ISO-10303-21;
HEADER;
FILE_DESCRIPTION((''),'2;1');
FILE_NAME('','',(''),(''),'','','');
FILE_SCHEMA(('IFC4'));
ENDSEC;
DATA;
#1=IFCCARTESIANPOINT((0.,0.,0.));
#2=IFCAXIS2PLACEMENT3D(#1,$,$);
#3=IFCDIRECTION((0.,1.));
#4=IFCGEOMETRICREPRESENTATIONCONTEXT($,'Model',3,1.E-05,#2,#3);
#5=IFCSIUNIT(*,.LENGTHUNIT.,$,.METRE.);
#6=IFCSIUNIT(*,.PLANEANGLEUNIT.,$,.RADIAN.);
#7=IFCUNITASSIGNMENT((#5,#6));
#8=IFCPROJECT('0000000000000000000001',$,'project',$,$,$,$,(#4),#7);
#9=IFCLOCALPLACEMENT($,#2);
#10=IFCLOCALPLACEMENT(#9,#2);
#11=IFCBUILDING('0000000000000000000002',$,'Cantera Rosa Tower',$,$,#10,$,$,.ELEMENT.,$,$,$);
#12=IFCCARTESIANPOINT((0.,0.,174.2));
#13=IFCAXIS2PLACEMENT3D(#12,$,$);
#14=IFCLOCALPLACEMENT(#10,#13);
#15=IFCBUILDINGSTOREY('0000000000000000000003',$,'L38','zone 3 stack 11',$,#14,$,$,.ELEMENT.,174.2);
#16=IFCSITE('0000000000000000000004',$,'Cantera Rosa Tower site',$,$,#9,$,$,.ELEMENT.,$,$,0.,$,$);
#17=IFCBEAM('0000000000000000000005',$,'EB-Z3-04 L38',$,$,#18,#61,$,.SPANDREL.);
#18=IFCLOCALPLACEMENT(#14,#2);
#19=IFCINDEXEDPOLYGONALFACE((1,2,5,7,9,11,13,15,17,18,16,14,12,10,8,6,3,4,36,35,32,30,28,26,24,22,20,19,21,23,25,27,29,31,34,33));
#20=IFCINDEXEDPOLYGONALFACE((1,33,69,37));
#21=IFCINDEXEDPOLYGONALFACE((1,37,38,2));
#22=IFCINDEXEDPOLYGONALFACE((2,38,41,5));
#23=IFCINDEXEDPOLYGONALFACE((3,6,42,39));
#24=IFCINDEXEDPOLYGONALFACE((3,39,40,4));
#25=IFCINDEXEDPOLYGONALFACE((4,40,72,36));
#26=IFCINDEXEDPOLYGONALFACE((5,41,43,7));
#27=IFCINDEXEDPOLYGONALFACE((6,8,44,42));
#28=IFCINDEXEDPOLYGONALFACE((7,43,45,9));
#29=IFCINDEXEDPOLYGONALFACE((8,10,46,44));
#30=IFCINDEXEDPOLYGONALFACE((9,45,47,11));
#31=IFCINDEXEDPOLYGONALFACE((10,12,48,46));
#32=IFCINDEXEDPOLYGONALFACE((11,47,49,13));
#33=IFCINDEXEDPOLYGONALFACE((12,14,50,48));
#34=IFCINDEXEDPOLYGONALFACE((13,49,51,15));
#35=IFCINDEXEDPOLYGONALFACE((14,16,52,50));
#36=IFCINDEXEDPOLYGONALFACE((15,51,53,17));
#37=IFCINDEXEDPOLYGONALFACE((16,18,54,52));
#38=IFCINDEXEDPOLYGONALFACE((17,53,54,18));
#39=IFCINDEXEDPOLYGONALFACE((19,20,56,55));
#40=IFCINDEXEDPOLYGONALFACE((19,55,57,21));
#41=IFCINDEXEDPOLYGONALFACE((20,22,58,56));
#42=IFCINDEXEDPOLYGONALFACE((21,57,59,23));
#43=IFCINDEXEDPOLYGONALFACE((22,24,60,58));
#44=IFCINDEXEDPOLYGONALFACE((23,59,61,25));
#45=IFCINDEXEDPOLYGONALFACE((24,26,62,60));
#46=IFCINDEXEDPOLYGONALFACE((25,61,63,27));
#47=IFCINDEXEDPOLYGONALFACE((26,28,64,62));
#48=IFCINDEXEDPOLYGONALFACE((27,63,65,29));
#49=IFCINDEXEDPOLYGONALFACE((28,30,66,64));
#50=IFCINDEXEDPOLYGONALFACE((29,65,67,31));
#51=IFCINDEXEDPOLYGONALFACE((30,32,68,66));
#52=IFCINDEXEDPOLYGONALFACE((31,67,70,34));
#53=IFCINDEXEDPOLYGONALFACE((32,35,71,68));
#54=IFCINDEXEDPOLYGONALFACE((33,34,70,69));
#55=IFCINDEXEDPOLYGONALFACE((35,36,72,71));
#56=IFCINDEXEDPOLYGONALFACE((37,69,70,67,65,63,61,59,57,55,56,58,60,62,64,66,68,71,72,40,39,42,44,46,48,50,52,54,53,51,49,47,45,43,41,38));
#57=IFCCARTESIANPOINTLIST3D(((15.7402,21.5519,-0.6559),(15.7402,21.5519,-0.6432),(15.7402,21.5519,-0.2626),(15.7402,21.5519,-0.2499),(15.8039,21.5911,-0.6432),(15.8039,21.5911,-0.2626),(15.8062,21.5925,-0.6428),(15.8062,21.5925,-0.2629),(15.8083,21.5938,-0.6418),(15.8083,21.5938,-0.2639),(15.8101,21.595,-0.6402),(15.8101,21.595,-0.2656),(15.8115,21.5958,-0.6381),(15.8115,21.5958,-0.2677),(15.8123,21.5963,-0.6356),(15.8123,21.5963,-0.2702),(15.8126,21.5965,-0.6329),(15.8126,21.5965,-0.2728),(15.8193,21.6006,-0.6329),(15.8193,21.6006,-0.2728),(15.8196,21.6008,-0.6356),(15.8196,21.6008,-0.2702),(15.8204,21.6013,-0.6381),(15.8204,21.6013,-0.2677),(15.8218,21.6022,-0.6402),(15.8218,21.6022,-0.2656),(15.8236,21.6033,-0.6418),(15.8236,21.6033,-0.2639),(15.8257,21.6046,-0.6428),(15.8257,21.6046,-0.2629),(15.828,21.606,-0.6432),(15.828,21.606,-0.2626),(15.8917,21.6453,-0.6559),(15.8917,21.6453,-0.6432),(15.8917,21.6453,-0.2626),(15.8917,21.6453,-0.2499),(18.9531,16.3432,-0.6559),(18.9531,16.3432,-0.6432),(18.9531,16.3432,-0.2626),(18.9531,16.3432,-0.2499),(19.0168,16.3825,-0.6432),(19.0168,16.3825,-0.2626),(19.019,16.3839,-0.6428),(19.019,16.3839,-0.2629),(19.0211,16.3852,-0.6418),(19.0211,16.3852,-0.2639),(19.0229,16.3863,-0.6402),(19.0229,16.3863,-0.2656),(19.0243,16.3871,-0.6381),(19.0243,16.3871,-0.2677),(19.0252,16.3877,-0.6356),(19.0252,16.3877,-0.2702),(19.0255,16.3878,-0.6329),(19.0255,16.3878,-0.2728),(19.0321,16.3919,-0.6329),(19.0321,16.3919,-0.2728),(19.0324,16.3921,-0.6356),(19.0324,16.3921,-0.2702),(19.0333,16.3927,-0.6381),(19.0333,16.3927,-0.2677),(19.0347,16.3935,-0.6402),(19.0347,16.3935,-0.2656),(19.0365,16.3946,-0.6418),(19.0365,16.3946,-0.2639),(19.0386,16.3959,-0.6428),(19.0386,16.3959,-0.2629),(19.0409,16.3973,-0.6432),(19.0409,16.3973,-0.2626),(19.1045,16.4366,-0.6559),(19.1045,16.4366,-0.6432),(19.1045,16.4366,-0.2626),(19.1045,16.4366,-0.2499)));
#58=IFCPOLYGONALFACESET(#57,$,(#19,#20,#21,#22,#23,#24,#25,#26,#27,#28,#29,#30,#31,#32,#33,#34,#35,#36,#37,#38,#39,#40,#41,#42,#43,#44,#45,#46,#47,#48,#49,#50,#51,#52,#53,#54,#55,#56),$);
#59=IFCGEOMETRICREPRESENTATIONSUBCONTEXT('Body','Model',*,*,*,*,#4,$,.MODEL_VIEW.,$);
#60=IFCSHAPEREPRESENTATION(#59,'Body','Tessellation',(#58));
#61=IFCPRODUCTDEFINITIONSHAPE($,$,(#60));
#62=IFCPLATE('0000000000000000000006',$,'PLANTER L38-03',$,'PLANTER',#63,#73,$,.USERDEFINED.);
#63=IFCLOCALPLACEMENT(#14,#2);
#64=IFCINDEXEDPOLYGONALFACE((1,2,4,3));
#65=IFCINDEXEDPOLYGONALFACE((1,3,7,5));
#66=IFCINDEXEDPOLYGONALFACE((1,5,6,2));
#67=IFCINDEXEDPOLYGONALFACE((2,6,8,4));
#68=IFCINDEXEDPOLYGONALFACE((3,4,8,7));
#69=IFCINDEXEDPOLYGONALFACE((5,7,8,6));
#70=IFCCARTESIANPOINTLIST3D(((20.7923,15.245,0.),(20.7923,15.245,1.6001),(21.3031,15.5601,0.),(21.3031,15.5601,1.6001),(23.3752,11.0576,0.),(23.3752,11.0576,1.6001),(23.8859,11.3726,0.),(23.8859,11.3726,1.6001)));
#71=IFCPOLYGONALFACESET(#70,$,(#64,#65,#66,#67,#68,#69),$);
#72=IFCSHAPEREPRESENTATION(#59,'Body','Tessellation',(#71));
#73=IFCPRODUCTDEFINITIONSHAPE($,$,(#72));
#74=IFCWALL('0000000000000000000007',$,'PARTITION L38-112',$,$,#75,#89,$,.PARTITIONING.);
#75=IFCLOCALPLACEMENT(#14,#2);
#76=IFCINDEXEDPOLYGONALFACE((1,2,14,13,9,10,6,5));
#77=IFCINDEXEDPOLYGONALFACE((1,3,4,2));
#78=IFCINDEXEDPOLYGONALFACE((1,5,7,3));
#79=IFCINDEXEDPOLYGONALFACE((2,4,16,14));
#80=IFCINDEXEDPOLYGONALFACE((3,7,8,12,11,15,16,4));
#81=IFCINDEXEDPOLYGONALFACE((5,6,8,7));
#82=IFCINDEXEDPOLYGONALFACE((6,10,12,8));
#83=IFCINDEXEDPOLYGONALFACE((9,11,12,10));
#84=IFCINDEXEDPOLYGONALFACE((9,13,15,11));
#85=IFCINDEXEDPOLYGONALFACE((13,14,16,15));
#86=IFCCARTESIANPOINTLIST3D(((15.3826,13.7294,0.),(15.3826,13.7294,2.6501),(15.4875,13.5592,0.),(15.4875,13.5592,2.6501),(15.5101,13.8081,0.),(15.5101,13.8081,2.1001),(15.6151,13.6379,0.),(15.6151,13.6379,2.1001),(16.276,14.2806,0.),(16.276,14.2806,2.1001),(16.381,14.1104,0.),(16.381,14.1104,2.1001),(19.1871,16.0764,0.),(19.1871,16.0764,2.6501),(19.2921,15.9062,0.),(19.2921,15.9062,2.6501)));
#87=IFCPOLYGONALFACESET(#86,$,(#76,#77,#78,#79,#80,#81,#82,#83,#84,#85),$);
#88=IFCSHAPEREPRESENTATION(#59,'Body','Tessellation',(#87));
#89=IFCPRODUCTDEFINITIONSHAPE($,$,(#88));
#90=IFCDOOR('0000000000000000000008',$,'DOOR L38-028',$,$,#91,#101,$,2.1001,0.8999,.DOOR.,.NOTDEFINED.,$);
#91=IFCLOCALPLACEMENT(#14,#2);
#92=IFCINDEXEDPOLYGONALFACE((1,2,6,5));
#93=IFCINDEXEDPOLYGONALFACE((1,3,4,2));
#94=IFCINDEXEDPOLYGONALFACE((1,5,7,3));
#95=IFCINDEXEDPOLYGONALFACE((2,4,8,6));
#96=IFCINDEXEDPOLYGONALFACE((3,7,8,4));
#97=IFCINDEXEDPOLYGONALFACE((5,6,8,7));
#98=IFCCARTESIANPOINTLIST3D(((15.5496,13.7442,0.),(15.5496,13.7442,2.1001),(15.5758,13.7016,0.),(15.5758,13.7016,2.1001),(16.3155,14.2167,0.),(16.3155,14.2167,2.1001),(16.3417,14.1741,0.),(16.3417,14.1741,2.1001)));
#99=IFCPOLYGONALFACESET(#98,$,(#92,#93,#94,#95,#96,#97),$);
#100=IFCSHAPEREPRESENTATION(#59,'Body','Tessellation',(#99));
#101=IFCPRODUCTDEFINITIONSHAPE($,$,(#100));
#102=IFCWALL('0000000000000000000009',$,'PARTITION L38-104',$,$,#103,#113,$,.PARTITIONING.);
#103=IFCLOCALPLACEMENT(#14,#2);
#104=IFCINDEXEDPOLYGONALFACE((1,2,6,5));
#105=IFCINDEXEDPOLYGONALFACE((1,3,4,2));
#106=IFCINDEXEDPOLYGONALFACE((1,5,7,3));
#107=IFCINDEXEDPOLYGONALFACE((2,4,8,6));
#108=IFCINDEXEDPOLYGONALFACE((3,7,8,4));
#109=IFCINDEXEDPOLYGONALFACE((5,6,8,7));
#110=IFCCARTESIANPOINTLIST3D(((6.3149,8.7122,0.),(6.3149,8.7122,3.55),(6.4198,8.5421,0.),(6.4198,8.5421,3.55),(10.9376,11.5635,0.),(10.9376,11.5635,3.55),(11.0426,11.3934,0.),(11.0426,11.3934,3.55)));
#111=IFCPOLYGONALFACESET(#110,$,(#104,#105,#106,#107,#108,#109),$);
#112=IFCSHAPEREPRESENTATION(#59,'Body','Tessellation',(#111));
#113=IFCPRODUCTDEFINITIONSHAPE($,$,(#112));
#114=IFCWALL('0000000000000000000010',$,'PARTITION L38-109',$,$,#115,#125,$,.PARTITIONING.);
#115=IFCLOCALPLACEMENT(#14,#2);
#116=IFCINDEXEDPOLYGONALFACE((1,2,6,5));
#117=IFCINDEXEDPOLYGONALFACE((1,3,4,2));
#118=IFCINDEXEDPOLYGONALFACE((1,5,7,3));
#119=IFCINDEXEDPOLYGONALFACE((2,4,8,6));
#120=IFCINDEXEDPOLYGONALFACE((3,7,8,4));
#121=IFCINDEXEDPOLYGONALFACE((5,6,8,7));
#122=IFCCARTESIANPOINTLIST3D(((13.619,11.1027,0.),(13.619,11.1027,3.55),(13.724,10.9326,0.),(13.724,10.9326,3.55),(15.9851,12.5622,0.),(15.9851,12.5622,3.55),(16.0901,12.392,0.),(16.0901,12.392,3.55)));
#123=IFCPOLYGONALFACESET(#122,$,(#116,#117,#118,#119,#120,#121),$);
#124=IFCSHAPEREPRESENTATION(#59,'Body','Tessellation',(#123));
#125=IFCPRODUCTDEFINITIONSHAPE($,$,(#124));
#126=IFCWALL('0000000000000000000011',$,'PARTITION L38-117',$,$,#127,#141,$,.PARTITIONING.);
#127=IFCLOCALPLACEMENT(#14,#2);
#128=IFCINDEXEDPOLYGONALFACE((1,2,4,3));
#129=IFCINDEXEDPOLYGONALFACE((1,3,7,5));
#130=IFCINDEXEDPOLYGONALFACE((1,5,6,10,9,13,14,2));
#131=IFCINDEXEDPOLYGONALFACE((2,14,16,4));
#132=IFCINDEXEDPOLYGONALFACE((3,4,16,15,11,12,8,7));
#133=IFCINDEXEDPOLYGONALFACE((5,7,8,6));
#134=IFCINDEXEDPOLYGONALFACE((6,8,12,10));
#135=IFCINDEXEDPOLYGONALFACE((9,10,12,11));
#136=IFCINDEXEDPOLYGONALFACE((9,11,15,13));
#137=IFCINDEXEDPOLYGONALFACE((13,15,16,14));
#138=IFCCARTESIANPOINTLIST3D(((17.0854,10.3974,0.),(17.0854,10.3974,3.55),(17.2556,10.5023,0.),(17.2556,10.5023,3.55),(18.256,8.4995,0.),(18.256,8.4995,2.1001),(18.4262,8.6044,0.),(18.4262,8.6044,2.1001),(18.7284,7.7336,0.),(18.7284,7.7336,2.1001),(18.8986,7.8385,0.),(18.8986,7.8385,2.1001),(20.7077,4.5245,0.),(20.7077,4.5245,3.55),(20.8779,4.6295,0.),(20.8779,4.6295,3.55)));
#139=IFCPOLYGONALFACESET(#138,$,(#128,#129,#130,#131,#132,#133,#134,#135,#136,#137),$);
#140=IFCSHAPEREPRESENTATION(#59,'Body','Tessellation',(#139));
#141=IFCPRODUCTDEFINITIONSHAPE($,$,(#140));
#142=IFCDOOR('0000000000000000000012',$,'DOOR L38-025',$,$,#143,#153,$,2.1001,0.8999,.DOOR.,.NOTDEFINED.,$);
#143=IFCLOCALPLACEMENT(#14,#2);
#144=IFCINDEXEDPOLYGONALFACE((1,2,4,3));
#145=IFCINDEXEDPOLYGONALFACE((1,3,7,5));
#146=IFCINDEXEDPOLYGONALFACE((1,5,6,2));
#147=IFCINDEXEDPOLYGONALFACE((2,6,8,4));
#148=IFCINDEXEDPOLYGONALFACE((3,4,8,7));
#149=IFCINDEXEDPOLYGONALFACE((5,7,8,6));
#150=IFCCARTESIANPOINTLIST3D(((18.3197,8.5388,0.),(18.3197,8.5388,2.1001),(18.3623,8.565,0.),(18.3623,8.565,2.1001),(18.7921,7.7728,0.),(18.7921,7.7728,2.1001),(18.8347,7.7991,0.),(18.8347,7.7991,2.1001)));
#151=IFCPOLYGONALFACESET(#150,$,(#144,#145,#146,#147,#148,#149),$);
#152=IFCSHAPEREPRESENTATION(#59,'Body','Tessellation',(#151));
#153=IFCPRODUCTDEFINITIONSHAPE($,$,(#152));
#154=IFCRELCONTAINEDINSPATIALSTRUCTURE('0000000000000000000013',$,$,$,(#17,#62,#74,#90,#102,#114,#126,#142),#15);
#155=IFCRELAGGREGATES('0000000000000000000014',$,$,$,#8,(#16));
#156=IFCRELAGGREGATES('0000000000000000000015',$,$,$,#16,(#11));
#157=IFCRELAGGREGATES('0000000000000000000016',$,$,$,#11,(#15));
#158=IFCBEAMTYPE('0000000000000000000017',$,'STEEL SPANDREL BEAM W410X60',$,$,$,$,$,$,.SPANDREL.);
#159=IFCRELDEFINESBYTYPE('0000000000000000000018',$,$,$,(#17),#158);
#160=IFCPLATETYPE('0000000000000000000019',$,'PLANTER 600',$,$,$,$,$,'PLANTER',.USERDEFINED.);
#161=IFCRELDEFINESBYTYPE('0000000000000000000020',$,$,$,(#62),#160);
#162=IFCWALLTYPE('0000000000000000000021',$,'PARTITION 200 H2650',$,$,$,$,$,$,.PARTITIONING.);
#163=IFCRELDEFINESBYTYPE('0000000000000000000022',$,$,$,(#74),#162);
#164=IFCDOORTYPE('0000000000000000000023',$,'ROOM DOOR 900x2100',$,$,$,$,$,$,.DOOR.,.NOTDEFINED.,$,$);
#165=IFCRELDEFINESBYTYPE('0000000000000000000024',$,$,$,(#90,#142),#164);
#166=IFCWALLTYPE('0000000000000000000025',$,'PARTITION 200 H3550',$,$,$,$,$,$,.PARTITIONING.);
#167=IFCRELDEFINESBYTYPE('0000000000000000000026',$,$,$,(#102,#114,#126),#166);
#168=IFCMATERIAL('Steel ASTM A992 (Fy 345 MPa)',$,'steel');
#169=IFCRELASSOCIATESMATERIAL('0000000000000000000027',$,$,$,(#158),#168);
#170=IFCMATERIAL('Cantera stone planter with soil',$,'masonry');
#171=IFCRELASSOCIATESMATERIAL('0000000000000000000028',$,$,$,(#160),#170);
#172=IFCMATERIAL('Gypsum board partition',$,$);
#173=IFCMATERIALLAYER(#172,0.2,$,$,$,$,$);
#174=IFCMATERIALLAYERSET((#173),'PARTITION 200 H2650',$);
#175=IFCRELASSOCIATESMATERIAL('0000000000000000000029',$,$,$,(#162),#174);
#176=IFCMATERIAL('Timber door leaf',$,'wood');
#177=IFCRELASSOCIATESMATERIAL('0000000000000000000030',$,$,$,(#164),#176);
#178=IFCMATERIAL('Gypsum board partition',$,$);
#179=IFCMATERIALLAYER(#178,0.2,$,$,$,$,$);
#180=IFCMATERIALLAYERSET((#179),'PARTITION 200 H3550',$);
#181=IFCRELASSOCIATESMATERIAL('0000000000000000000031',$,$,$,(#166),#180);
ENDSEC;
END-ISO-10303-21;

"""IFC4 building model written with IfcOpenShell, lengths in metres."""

from ifc_helpers import new_model, si_unit, direction, frame, frame_2d, origin, origin_2d, place, context, subcontext, project, spatial, rectangle, i_section, extrude, material, layer, layer_set, material_profile, profile_set, type_object, element, fill, save


model = new_model("IFC4")

# Units and contexts
model_context = context("Model", 3, precision=1e-05, world=origin(), true_north=direction((0.0, 1.0)))
body_context = subcontext(model_context, "Body", "Model", "MODEL_VIEW")
ifc_project = project(units=[si_unit("LENGTHUNIT", "METRE"), si_unit("PLANEANGLEUNIT", "RADIAN")], contexts=[model_context])

# Site, building, storey
site_placement = place(None, origin())
site = spatial("IfcSite", under=ifc_project, at=site_placement, Name="Cantera Rosa Tower site", CompositionType="ELEMENT", RefElevation=0.0)
building_placement = place(site_placement, origin())
building = spatial("IfcBuilding", under=site, at=building_placement, Name="Cantera Rosa Tower", CompositionType="ELEMENT")
storey_placement = place(building_placement, frame((0.0, 0.0, 174.2)))
storey = spatial("IfcBuildingStorey", under=building, at=storey_placement, Name="L38", Description="zone 3 stack 11", CompositionType="ELEMENT", Elevation=174.2)

# Beam
ifc_material_1 = material(Name="Steel ASTM A992 (Fy 345 MPa)", Category="steel")
ifc_material_profile_1 = material_profile(ifc_material_1, i_section(OverallWidth=0.178, OverallDepth=0.406, WebThickness=0.0078, FlangeThickness=0.0127, FilletRadius=0.0103, at=origin_2d()), Name="W410X60")
ifc_profile_set_1 = profile_set([ifc_material_profile_1], Name="Steel ASTM A992 (Fy 345 MPa)")
beam_type_1 = type_object("IfcBeamType", Name="STEEL SPANDREL BEAM W410X60", PredefinedType="SPANDREL", material=ifc_profile_set_1)
for number, where, z_axis, x_axis, name in (
    (1, (19.0288, 16.3899, -0.4529), (-0.524987, 0.85111, 0.0), (-0.85111, -0.524987, 0.0), "EB-Z3-04 L38"),
):
    element("IfcBeam", number, at=place(storey_placement, frame(where, z_axis=z_axis, x_axis=x_axis)), inside=storey, type_object=beam_type_1, Name=name, PredefinedType="SPANDREL", context=body_context, shape_type="SweptSolid", body=[
        extrude(i_section(OverallWidth=0.178, OverallDepth=0.406, WebThickness=0.0078, FlangeThickness=0.0127, FilletRadius=0.0103, at=origin_2d()), origin(), (0.0, 0.0, 1.0), 6.1199),
    ])

# Plate
ifc_material_2 = material(Name="Cantera stone planter with soil", Category="masonry")
plate_type = type_object("IfcPlateType", Name="PLANTER 600", ElementType="PLANTER", PredefinedType="USERDEFINED", material=ifc_material_2)
plate_placement = place(storey_placement, frame((22.3391, 13.3088, 0.0), z_axis=(0.0, 0.0, 1.0), x_axis=(-0.524977, 0.851117, 0.0)))
element("IfcPlate", 2, at=plate_placement, inside=storey, type_object=plate_type, Name="PLANTER L38-03", ObjectType="PLANTER", PredefinedType="USERDEFINED", context=body_context, shape_type="SweptSolid", body=[
    extrude(rectangle(XDim=4.9199, YDim=0.6001, at=origin_2d()), origin(), (0.0, 0.0, 1.0), 1.6001),
])

# Wall, opening, door
ifc_material_3 = material(Name="Gypsum board partition")
ifc_layer_1 = layer(ifc_material_3, 0.2)
ifc_layer_set_1 = layer_set([ifc_layer_1], Name="PARTITION 200 H2650")
wall_type_1 = type_object("IfcWallType", Name="PARTITION 200 H2650", PredefinedType="PARTITIONING", material=ifc_layer_set_1)
wall_1_placement = place(storey_placement, frame((15.4351, 13.6443, 0.0), z_axis=(0.0, 0.0, 1.0), x_axis=(0.851086, 0.525027, 0.0)))
wall_1 = element("IfcWall", 3, at=wall_1_placement, inside=storey, type_object=wall_type_1, Name="PARTITION L38-112", PredefinedType="PARTITIONING", context=body_context, shape_type="SweptSolid", body=[
    extrude(rectangle(XDim=4.4702, YDim=0.2, at=frame_2d((2.2351, 0.0))), origin(), (0.0, 0.0, 1.0), 2.6501),
])
opening_1_placement = place(wall_1_placement, frame((0.1499, 0.0, 0.0)))
opening_1 = element("IfcOpeningElement", 4, at=opening_1_placement, cuts=wall_1, PredefinedType="OPENING", context=body_context, shape_type="SweptSolid", body=[
    extrude(rectangle(XDim=0.8999, YDim=2.1001, at=frame_2d((0.45, 1.05))), frame((0.0, 0.1099, 0.0), z_axis=(0.0, -1.0, 0.0), x_axis=(1.0, 0.0, 0.0)), (0.0, 0.0, 1.0), 0.22),
])
ifc_material_4 = material(Name="Timber door leaf", Category="wood")
door_type_1 = type_object("IfcDoorType", Name="ROOM DOOR 900x2100", OperationType="NOTDEFINED", PredefinedType="DOOR", material=ifc_material_4)
door_1_placement = place(opening_1_placement, origin())
door_1 = element("IfcDoor", 5, at=door_1_placement, inside=storey, type_object=door_type_1, Name="DOOR L38-028", OperationType="NOTDEFINED", OverallHeight=2.1001, OverallWidth=0.8999, PredefinedType="DOOR", context=body_context, shape_type="SweptSolid", body=[
    extrude(rectangle(XDim=0.8999, YDim=2.1001, at=frame_2d((0.45, 1.05))), frame((0.0, 0.0249, 0.0), z_axis=(0.0, -1.0, 0.0), x_axis=(1.0, 0.0, 0.0)), (0.0, 0.0, 1.0), 0.05),
])
fill(opening_1, door_1)

# Walls
ifc_material_5 = material(Name="Gypsum board partition")
ifc_layer_2 = layer(ifc_material_5, 0.2)
ifc_layer_set_2 = layer_set([ifc_layer_2], Name="PARTITION 200 H3550")
wall_type_2 = type_object("IfcWallType", Name="PARTITION 200 H3550", PredefinedType="PARTITIONING", material=ifc_layer_set_2)
wall_2_placement = place(storey_placement, frame((10.9902, 11.4785, 0.0), z_axis=(0.0, 0.0, 1.0), x_axis=(-0.851122, -0.524967, 0.0)))
element("IfcWall", 6, at=wall_2_placement, inside=storey, type_object=wall_type_2, Name="PARTITION L38-104", PredefinedType="PARTITIONING", context=body_context, shape_type="SweptSolid", body=[
    extrude(rectangle(XDim=5.4314, YDim=0.2, at=frame_2d((2.7158, 0.0))), origin(), (0.0, 0.0, 1.0), 3.55),
])
wall_3_placement = place(storey_placement, frame((13.6714, 11.0176, 0.0), z_axis=(0.0, 0.0, 1.0), x_axis=(0.851121, 0.524969, 0.0)))
element("IfcWall", 7, at=wall_3_placement, inside=storey, type_object=wall_type_2, Name="PARTITION L38-109", PredefinedType="PARTITIONING", context=body_context, shape_type="SweptSolid", body=[
    extrude(rectangle(XDim=2.78, YDim=0.2, at=frame_2d((1.3901, 0.0))), origin(), (0.0, 0.0, 1.0), 3.55),
])

# Wall, opening, door
wall_4_placement = place(storey_placement, frame((17.1704, 10.45, 0.0), z_axis=(0.0, 0.0, 1.0), x_axis=(0.524968, -0.851122, 0.0)))
wall_4 = element("IfcWall", 8, at=wall_4_placement, inside=storey, type_object=wall_type_2, Name="PARTITION L38-117", PredefinedType="PARTITIONING", context=body_context, shape_type="SweptSolid", body=[
    extrude(rectangle(XDim=6.9001, YDim=0.2, at=frame_2d((3.4502, 0.0))), origin(), (0.0, 0.0, 1.0), 3.55),
])
opening_2_placement = place(wall_4_placement, frame((2.23, 0.0, 0.0)))
opening_2 = element("IfcOpeningElement", 9, at=opening_2_placement, cuts=wall_4, PredefinedType="OPENING", context=body_context, shape_type="SweptSolid", body=[
    extrude(rectangle(XDim=0.8999, YDim=2.1001, at=frame_2d((0.45, 1.05))), frame((0.0, 0.1099, 0.0), z_axis=(0.0, -1.0, 0.0), x_axis=(1.0, 0.0, 0.0)), (0.0, 0.0, 1.0), 0.22),
])
door_2_placement = place(opening_2_placement, origin())
door_2 = element("IfcDoor", 10, at=door_2_placement, inside=storey, type_object=door_type_1, Name="DOOR L38-025", OperationType="NOTDEFINED", OverallHeight=2.1001, OverallWidth=0.8999, PredefinedType="DOOR", context=body_context, shape_type="SweptSolid", body=[
    extrude(rectangle(XDim=0.8999, YDim=2.1001, at=frame_2d((0.45, 1.05))), frame((0.0, 0.0249, 0.0), z_axis=(0.0, -1.0, 0.0), x_axis=(1.0, 0.0, 0.0)), (0.0, 0.0, 1.0), 0.05),
])
fill(opening_2, door_2)

save(model, "model.ifc")
